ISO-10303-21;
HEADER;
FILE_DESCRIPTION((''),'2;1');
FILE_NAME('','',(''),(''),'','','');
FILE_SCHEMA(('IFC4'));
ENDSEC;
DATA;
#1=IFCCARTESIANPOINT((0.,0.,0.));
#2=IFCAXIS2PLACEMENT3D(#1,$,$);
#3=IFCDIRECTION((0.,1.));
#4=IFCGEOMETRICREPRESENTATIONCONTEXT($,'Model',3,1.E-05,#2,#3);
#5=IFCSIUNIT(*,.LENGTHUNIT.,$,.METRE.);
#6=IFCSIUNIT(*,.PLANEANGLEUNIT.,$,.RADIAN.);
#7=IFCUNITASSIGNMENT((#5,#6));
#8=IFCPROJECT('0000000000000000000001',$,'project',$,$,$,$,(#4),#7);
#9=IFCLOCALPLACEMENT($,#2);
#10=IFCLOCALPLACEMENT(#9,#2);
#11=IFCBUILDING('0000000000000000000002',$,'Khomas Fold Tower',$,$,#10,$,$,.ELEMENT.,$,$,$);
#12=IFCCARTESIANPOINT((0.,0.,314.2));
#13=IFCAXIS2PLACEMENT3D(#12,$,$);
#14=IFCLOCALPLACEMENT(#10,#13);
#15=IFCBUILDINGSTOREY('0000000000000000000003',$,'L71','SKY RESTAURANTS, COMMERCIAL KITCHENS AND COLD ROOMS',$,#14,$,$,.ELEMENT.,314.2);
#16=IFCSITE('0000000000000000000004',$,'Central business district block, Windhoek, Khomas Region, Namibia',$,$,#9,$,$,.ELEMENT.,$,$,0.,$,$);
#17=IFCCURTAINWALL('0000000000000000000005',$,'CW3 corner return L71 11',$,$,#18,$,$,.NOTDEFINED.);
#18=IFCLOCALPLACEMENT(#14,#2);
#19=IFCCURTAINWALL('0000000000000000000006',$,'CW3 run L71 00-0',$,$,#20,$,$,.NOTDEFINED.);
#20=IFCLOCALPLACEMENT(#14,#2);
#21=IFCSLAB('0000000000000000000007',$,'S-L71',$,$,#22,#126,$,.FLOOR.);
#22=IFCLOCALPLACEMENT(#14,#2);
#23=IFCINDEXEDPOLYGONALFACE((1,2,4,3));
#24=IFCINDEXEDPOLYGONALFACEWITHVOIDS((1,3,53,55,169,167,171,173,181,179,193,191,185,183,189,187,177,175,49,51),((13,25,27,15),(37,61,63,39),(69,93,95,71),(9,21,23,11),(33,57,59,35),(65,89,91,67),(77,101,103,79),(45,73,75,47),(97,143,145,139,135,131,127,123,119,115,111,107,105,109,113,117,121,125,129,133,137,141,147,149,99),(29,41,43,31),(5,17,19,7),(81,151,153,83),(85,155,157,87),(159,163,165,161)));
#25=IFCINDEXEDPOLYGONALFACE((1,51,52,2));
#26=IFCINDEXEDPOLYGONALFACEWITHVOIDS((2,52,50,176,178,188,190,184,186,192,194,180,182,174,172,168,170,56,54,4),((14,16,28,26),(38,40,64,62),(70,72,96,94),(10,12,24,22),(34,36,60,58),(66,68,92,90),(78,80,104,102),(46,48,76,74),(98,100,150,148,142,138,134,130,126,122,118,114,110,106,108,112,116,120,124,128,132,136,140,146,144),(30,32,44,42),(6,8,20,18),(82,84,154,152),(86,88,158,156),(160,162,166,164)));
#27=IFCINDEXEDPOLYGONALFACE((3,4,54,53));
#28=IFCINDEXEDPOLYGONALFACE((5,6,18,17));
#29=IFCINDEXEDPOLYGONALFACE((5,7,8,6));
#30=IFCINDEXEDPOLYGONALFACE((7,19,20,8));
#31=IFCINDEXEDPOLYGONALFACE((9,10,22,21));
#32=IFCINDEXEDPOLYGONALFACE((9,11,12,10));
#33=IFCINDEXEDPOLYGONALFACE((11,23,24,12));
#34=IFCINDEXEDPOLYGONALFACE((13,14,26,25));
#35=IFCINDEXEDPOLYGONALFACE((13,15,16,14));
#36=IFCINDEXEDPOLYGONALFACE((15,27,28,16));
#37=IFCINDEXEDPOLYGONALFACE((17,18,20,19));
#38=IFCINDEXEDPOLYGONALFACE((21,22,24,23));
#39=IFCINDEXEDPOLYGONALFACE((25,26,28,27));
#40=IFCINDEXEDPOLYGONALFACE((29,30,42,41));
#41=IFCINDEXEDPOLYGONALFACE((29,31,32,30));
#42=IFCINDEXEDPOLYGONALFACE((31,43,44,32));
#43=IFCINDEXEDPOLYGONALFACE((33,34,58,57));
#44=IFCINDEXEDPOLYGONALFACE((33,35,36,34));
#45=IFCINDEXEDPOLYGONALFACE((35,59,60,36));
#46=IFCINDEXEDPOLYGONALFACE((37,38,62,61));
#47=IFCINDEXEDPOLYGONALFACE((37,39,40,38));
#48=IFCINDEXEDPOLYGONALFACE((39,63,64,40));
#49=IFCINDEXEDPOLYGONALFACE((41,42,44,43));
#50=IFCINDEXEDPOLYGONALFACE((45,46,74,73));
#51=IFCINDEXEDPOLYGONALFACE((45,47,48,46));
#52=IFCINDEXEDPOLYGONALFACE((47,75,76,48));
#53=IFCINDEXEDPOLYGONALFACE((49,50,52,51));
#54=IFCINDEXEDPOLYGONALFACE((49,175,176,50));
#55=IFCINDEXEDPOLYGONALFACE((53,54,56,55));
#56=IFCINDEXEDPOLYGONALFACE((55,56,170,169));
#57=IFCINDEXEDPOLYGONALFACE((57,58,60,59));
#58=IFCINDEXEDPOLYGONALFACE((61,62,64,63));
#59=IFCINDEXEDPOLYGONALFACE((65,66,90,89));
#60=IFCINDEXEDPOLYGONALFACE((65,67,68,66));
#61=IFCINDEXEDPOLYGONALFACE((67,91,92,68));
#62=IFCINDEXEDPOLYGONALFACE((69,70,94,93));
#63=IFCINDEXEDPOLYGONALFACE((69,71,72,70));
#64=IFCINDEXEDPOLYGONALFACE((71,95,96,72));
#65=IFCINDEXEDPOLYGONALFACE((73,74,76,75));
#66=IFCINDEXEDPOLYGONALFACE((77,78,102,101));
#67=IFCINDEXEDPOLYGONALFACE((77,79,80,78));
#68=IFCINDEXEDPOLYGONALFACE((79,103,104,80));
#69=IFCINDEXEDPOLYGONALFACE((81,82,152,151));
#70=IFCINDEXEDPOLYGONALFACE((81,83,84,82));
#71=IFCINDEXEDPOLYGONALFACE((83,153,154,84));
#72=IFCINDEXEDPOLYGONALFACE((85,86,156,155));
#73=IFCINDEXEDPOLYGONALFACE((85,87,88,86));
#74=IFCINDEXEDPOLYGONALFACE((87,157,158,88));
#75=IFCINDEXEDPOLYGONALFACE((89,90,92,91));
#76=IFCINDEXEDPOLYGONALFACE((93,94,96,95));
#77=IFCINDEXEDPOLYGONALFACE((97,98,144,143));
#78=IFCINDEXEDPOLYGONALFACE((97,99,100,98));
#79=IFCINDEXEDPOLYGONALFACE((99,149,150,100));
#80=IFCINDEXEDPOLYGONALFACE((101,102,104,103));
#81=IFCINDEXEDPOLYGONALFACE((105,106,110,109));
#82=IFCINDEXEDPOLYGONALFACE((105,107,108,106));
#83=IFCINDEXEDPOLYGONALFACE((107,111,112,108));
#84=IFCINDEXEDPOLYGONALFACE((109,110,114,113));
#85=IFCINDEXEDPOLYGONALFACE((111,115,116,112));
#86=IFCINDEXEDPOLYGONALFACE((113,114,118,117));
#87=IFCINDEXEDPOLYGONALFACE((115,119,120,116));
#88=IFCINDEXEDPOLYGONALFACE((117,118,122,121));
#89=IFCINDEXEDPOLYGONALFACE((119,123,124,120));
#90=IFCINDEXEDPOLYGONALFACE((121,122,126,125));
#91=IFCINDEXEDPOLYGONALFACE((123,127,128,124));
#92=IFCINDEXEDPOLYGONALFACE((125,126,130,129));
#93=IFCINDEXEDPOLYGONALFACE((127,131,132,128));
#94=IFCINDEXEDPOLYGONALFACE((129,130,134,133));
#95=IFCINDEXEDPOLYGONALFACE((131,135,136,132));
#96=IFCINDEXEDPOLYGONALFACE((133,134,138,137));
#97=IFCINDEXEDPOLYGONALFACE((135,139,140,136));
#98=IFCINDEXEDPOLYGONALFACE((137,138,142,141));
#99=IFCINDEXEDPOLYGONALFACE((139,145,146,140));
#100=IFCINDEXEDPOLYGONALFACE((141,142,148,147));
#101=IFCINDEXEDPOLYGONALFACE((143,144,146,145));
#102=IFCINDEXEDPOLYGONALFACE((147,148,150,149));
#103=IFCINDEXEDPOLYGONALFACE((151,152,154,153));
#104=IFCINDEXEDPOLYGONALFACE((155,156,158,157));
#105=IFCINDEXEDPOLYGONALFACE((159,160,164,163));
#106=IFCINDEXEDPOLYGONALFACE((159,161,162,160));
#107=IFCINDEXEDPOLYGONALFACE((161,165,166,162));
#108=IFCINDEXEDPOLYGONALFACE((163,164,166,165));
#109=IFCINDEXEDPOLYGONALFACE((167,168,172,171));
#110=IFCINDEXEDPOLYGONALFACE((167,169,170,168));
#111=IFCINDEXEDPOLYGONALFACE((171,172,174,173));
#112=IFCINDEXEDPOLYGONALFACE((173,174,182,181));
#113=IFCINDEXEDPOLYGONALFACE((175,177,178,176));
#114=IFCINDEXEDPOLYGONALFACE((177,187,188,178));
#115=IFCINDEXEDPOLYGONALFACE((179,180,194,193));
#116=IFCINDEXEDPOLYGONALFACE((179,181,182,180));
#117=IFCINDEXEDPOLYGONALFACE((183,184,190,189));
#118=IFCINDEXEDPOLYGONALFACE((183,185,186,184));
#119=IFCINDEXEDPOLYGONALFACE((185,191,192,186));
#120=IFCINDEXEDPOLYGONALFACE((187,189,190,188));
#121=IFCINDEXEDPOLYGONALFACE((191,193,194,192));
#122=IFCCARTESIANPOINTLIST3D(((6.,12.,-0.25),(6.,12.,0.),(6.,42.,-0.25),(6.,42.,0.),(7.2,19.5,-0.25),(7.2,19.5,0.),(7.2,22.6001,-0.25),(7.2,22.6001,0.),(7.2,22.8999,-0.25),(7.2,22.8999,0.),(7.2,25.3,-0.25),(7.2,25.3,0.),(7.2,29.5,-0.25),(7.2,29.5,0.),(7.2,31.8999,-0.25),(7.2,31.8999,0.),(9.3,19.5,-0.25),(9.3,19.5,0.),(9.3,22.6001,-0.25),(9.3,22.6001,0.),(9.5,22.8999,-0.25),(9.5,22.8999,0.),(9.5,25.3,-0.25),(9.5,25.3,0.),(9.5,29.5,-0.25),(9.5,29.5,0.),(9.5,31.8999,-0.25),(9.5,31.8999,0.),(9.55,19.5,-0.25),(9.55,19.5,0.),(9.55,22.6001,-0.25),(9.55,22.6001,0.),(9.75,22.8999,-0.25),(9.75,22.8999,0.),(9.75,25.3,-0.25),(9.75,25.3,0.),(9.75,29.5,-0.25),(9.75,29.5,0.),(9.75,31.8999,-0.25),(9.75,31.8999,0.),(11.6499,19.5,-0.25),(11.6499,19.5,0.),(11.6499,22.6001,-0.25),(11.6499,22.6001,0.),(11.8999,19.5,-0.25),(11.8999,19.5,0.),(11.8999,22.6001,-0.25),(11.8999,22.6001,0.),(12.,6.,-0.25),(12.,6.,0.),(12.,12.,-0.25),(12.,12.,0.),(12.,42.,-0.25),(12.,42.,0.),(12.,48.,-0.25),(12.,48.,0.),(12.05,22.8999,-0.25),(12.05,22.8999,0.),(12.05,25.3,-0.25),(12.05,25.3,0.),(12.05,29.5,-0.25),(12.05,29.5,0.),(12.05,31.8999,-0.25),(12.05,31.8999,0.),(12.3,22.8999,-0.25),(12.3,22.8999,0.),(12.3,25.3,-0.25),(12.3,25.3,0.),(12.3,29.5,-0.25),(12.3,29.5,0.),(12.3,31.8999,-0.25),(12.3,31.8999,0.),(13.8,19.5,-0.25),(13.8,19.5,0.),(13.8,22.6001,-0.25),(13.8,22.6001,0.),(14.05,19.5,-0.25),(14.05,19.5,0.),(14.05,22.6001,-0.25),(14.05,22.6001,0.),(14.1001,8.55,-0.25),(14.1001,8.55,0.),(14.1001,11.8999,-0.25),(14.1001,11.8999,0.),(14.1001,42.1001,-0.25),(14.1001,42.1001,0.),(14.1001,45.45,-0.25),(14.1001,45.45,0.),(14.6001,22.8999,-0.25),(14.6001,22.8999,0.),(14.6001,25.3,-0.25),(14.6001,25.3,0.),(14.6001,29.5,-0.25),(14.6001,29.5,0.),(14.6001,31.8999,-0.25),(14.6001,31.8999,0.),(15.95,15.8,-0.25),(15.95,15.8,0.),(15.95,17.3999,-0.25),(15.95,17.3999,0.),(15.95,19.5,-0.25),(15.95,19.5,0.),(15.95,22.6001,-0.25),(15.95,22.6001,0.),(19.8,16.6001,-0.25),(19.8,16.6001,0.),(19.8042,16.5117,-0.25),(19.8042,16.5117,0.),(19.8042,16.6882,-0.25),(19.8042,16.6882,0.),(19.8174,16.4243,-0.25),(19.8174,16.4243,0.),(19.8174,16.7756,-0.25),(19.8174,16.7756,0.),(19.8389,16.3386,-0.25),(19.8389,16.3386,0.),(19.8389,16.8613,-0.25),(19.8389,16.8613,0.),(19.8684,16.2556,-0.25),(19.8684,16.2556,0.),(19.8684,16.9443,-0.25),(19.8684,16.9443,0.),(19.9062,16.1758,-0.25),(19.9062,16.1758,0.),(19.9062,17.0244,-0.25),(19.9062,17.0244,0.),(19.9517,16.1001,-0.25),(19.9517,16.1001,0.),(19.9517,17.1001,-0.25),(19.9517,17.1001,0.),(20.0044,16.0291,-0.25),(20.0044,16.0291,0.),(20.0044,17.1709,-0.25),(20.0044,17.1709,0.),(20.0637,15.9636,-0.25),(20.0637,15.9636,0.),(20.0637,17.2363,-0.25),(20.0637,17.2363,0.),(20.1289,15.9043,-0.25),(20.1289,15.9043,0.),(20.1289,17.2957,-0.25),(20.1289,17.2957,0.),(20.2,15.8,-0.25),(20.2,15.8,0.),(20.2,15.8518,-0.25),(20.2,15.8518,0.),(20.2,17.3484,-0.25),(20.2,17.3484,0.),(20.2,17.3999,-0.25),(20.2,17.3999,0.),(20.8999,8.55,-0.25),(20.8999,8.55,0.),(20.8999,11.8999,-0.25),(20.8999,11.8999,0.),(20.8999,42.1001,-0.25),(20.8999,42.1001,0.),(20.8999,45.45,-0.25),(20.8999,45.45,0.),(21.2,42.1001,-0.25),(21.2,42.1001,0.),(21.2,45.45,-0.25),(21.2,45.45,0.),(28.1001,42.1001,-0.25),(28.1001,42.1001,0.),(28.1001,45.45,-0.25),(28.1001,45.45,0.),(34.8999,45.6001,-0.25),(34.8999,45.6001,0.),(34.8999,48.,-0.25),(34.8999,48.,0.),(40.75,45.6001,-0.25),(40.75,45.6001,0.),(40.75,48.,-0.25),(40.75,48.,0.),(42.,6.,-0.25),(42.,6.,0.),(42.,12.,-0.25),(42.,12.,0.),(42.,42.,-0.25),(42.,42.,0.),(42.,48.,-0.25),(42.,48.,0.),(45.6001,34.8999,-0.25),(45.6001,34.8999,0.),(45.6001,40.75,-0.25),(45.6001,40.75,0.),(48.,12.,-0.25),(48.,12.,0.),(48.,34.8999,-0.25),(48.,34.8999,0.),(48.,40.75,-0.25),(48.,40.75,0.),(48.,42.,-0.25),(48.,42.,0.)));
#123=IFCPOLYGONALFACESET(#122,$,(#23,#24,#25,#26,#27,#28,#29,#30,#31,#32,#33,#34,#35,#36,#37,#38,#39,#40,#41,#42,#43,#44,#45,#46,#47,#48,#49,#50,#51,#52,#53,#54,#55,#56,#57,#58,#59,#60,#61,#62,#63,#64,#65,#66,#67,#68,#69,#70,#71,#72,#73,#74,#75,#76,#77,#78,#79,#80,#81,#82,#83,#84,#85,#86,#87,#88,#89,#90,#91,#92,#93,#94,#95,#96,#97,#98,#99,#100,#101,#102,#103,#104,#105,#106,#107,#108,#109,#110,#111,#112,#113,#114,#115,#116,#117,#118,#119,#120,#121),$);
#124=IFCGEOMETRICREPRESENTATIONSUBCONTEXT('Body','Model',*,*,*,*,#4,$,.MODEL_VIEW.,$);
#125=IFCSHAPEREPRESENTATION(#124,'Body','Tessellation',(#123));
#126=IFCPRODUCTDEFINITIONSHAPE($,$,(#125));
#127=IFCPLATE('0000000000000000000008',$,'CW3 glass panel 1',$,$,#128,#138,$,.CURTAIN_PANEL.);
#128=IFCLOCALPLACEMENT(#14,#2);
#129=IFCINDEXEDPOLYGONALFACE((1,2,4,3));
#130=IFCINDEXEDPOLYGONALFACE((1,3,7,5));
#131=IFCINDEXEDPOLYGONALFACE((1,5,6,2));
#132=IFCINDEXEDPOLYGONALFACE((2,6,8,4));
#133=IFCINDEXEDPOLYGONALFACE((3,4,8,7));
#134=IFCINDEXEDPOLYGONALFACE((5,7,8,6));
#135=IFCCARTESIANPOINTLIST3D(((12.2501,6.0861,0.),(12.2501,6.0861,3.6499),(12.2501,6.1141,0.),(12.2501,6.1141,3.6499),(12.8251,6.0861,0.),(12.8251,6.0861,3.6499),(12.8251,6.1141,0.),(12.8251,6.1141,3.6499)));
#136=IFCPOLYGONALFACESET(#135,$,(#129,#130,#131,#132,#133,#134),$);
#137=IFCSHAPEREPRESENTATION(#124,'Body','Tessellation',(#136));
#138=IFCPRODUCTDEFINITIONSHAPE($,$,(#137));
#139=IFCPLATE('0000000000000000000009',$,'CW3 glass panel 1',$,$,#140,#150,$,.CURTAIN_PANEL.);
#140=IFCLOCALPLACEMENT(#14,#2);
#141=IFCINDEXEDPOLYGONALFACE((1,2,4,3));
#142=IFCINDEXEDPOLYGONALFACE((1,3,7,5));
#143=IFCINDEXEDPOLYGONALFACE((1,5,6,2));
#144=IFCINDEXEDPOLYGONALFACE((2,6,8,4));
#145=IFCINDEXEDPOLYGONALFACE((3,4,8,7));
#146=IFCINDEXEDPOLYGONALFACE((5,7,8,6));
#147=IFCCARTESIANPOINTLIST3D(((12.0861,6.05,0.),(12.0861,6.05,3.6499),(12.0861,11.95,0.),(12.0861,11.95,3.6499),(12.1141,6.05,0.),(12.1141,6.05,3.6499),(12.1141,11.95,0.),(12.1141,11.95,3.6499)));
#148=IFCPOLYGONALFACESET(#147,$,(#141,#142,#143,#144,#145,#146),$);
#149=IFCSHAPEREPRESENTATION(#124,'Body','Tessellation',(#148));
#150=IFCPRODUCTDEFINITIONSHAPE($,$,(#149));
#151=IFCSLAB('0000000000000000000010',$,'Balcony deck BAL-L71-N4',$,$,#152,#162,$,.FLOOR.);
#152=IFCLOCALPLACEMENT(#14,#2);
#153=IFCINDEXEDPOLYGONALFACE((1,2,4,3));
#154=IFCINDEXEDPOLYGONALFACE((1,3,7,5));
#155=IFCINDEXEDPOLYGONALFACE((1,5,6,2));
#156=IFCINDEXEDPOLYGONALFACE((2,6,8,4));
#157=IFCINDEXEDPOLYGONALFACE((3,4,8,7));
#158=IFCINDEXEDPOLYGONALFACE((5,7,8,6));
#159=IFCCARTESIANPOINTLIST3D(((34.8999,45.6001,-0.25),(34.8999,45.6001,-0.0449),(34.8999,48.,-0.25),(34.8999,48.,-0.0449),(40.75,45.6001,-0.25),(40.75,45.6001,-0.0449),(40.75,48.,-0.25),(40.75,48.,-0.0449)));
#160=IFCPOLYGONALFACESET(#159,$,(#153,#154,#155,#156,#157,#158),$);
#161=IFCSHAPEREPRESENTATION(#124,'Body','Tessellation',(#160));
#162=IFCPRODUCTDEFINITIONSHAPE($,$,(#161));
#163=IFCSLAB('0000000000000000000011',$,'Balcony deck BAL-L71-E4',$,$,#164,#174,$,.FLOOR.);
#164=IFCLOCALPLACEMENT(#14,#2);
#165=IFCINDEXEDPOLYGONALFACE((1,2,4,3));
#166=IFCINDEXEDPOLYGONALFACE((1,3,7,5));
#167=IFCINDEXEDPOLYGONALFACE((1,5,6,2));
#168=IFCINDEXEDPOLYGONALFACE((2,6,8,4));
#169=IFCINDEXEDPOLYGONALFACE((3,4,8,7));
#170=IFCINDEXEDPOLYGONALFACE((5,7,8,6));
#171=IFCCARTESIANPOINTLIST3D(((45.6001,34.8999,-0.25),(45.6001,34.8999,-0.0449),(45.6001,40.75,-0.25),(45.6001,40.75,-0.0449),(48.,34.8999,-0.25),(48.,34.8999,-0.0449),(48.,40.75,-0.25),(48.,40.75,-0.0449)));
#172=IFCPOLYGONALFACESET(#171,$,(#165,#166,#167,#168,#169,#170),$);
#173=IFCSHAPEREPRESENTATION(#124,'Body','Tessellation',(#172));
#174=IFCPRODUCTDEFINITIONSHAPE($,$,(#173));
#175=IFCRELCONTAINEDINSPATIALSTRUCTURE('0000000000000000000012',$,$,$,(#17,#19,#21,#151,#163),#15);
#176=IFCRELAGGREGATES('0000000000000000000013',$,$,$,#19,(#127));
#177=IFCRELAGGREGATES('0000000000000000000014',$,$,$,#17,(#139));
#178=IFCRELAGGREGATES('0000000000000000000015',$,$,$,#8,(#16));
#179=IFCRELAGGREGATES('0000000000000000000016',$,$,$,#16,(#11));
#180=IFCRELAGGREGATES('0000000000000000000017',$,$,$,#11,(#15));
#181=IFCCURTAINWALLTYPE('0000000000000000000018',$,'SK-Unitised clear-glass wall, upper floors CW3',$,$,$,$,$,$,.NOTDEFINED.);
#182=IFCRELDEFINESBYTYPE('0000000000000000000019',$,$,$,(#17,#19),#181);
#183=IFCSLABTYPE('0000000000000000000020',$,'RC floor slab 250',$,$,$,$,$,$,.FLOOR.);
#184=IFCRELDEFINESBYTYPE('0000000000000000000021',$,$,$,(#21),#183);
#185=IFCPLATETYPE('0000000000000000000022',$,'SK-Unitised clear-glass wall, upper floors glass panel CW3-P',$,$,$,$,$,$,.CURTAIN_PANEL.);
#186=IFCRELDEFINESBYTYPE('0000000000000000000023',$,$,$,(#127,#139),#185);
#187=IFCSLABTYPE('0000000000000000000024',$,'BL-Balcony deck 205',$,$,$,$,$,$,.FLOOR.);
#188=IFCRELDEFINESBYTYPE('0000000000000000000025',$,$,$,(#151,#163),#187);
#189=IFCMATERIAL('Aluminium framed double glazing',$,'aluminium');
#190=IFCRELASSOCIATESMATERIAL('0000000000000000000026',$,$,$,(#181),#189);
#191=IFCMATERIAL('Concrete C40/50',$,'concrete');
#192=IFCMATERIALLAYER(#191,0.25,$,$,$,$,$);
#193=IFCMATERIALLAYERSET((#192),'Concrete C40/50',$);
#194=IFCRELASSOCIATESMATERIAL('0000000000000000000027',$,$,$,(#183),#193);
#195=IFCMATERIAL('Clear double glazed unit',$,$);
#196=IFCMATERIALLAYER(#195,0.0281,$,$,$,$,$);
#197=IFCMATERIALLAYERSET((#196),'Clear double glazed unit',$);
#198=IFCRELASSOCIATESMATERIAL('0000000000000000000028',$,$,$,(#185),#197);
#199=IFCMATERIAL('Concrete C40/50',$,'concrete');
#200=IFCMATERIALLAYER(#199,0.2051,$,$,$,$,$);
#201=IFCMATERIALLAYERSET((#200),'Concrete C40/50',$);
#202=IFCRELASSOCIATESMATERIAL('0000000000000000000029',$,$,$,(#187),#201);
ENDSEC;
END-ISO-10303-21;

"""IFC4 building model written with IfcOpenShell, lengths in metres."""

from ifc_helpers import new_model, si_unit, direction, frame, origin, origin_2d, place, context, subcontext, project, spatial, polyline, rectangle, outline, extrude, source, transform, mapped, material, layer, layer_set, type_object, element, aggregate, save


model = new_model("IFC4")

# Units and contexts
model_context = context("Model", 3, precision=1e-05, world=origin(), true_north=direction((0.0, 1.0)))
body_context = subcontext(model_context, "Body", "Model", "MODEL_VIEW")
ifc_project = project(units=[si_unit("LENGTHUNIT", "METRE"), si_unit("PLANEANGLEUNIT", "RADIAN")], contexts=[model_context])

# Site, building, storey
site_placement = place(None, origin())
site = spatial("IfcSite", under=ifc_project, at=site_placement, Name="Central business district block, Windhoek, Khomas Region, Namibia", CompositionType="ELEMENT", RefElevation=0.0)
building_placement = place(site_placement, origin())
building = spatial("IfcBuilding", under=site, at=building_placement, Name="Khomas Fold Tower", CompositionType="ELEMENT")
storey_placement = place(building_placement, frame((0.0, 0.0, 314.2)))
storey = spatial("IfcBuildingStorey", under=building, at=storey_placement, Name="L71", Description="SKY RESTAURANTS, COMMERCIAL KITCHENS AND COLD ROOMS", CompositionType="ELEMENT", Elevation=314.2)

# Shared definitions
ifc_material_1 = material(Name="Aluminium framed double glazing", Category="aluminium")
curtain_wall_type = type_object("IfcCurtainWallType", Name="SK-Unitised clear-glass wall, upper floors CW3", PredefinedType="NOTDEFINED", material=ifc_material_1)

# Curtain wall
curtain_wall_1_placement = place(storey_placement, origin())
curtain_wall_1 = element("IfcCurtainWall", 1, at=curtain_wall_1_placement, inside=storey, type_object=curtain_wall_type, Name="CW3 corner return L71 11", PredefinedType="NOTDEFINED")

# Curtain wall
curtain_wall_2_placement = place(storey_placement, origin())
curtain_wall_2 = element("IfcCurtainWall", 2, at=curtain_wall_2_placement, inside=storey, type_object=curtain_wall_type, Name="CW3 run L71 00-0", PredefinedType="NOTDEFINED")

# Slab
ifc_material_2 = material(Name="Concrete C40/50", Category="concrete")
ifc_layer_1 = layer(ifc_material_2, 0.25)
ifc_layer_set_1 = layer_set([ifc_layer_1], Name="Concrete C40/50")
slab_type_1 = type_object("IfcSlabType", Name="RC floor slab 250", PredefinedType="FLOOR", material=ifc_layer_set_1)
shared_shape_1 = source(origin(), body_context, "Body", "SweptSolid", [
    extrude(outline(polyline([(6.0, 12.0), (12.0, 12.0), (12.0, 6.0), (42.0, 6.0), (42.0, 12.0), (48.0, 12.0), (48.0, 34.8999), (45.6001, 34.8999), (45.6001, 40.75), (48.0, 40.75), (48.0, 42.0), (42.0, 42.0), (42.0, 48.0), (40.75, 48.0), (40.75, 45.6001), (34.8999, 45.6001), (34.8999, 48.0), (12.0, 48.0), (12.0, 42.0), (6.0, 42.0), (6.0, 12.0)]), holes=[polyline([(7.2, 19.5), (7.2, 22.6001), (9.3, 22.6001), (9.3, 19.5), (7.2, 19.5)]), polyline([(7.2, 22.8999), (7.2, 25.3), (9.5, 25.3), (9.5, 22.8999), (7.2, 22.8999)]), polyline([(7.2, 29.5), (7.2, 31.8999), (9.5, 31.8999), (9.5, 29.5), (7.2, 29.5)]), polyline([(9.55, 19.5), (9.55, 22.6001), (11.6499, 22.6001), (11.6499, 19.5), (9.55, 19.5)]), polyline([(9.75, 22.8999), (9.75, 25.3), (12.05, 25.3), (12.05, 22.8999), (9.75, 22.8999)]), polyline([(9.75, 29.5), (9.75, 31.8999), (12.05, 31.8999), (12.05, 29.5), (9.75, 29.5)]), polyline([(11.8999, 19.5), (11.8999, 22.6001), (13.8, 22.6001), (13.8, 19.5), (11.8999, 19.5)]), polyline([(12.3, 22.8999), (12.3, 25.3), (14.6001, 25.3), (14.6001, 22.8999), (12.3, 22.8999)]), polyline([(12.3, 29.5), (12.3, 31.8999), (14.6001, 31.8999), (14.6001, 29.5), (12.3, 29.5)]), polyline([(14.05, 19.5), (14.05, 22.6001), (15.95, 22.6001), (15.95, 19.5), (14.05, 19.5)]), polyline([(14.1001, 8.55), (14.1001, 11.8999), (20.8999, 11.8999), (20.8999, 8.55), (14.1001, 8.55)]), polyline([(14.1001, 42.1001), (14.1001, 45.45), (20.8999, 45.45), (20.8999, 42.1001), (14.1001, 42.1001)]), polyline([(15.95, 15.8), (15.95, 17.3999), (20.2, 17.3999), (20.2, 17.3484), (20.2, 17.3484), (20.1289, 17.2957), (20.0637, 17.2363), (20.0044, 17.1709), (19.9517, 17.1001), (19.9062, 17.0244), (19.8684, 16.9443), (19.8389, 16.8613), (19.8174, 16.7756), (19.8042, 16.6882), (19.8, 16.6001), (19.8042, 16.5117), (19.8174, 16.4243), (19.8389, 16.3386), (19.8684, 16.2556), (19.9062, 16.1758), (19.9517, 16.1001), (20.0044, 16.0291), (20.0637, 15.9636), (20.1289, 15.9043), (20.2, 15.8518), (20.2, 15.8518), (20.2, 15.8), (15.95, 15.8)]), polyline([(21.2, 42.1001), (21.2, 45.45), (28.1001, 45.45), (28.1001, 42.1001), (21.2, 42.1001)])]), origin(), (0.0, 0.0, 1.0), 0.25),
])
slab_1_placement = place(storey_placement, frame((0.0, 0.0, -0.25)))
element("IfcSlab", 3, at=slab_1_placement, inside=storey, type_object=slab_type_1, Name="S-L71", PredefinedType="FLOOR", context=body_context, shape_type="MappedRepresentation", body=[
    mapped(shared_shape_1, transform((0.0, 0.0, 0.0))),
])

# Plates
ifc_material_3 = material(Name="Clear double glazed unit")
ifc_layer_2 = layer(ifc_material_3, 0.0281)
ifc_layer_set_2 = layer_set([ifc_layer_2], Name="Clear double glazed unit")
plate_type = type_object("IfcPlateType", Name="SK-Unitised clear-glass wall, upper floors glass panel CW3-P", PredefinedType="CURTAIN_PANEL", material=ifc_layer_set_2)
shared_shape_2 = source(origin(), body_context, "Body", "SweptSolid", [
    extrude(rectangle(XDim=0.575, YDim=0.0281, at=origin_2d()), origin(), (0.0, 0.0, 1.0), 3.6499),
])
plate_1_placement = place(storey_placement, frame((12.5376, 6.1001, 0.0), z_axis=(0.0, 0.0, 1.0), x_axis=(1.0, 0.0, 0.0)))
plate_1 = element("IfcPlate", 4, at=plate_1_placement, type_object=plate_type, Name="CW3 glass panel 1", PredefinedType="CURTAIN_PANEL", context=body_context, shape_type="MappedRepresentation", body=[
    mapped(shared_shape_2, transform((0.0, 0.0, 0.0))),
])
aggregate(curtain_wall_2, [plate_1])
shared_shape_3 = source(origin(), body_context, "Body", "SweptSolid", [
    extrude(rectangle(XDim=5.8999, YDim=0.0281, at=origin_2d()), origin(), (0.0, 0.0, 1.0), 3.6499),
])
plate_2_placement = place(storey_placement, frame((12.1001, 9.0, 0.0), z_axis=(0.0, 0.0, 1.0), x_axis=(0.0, -1.0, 0.0)))
plate_2 = element("IfcPlate", 5, at=plate_2_placement, type_object=plate_type, Name="CW3 glass panel 1", PredefinedType="CURTAIN_PANEL", context=body_context, shape_type="MappedRepresentation", body=[
    mapped(shared_shape_3, transform((0.0, 0.0, 0.0))),
])
aggregate(curtain_wall_1, [plate_2])

# Slabs
ifc_material_4 = material(Name="Concrete C40/50", Category="concrete")
ifc_layer_3 = layer(ifc_material_4, 0.2051)
ifc_layer_set_3 = layer_set([ifc_layer_3], Name="Concrete C40/50")
slab_type_2 = type_object("IfcSlabType", Name="BL-Balcony deck 205", PredefinedType="FLOOR", material=ifc_layer_set_3)
shared_shape_4 = source(origin(), body_context, "Body", "SweptSolid", [
    extrude(outline(polyline([(34.8999, 45.6001), (40.75, 45.6001), (40.75, 48.0), (34.8999, 48.0), (34.8999, 45.6001)])), origin(), (0.0, 0.0, 1.0), 0.2051),
])
slab_2_placement = place(storey_placement, frame((0.0, 0.0, -0.25)))
element("IfcSlab", 6, at=slab_2_placement, inside=storey, type_object=slab_type_2, Name="Balcony deck BAL-L71-N4", PredefinedType="FLOOR", context=body_context, shape_type="MappedRepresentation", body=[
    mapped(shared_shape_4, transform((0.0, 0.0, 0.0))),
])
shared_shape_5 = source(origin(), body_context, "Body", "SweptSolid", [
    extrude(outline(polyline([(45.6001, 34.8999), (48.0, 34.8999), (48.0, 40.75), (45.6001, 40.75), (45.6001, 34.8999)])), origin(), (0.0, 0.0, 1.0), 0.2051),
])
slab_3_placement = place(storey_placement, frame((0.0, 0.0, -0.25)))
element("IfcSlab", 7, at=slab_3_placement, inside=storey, type_object=slab_type_2, Name="Balcony deck BAL-L71-E4", PredefinedType="FLOOR", context=body_context, shape_type="MappedRepresentation", body=[
    mapped(shared_shape_5, transform((0.0, 0.0, 0.0))),
])

save(model, "model.ifc")
